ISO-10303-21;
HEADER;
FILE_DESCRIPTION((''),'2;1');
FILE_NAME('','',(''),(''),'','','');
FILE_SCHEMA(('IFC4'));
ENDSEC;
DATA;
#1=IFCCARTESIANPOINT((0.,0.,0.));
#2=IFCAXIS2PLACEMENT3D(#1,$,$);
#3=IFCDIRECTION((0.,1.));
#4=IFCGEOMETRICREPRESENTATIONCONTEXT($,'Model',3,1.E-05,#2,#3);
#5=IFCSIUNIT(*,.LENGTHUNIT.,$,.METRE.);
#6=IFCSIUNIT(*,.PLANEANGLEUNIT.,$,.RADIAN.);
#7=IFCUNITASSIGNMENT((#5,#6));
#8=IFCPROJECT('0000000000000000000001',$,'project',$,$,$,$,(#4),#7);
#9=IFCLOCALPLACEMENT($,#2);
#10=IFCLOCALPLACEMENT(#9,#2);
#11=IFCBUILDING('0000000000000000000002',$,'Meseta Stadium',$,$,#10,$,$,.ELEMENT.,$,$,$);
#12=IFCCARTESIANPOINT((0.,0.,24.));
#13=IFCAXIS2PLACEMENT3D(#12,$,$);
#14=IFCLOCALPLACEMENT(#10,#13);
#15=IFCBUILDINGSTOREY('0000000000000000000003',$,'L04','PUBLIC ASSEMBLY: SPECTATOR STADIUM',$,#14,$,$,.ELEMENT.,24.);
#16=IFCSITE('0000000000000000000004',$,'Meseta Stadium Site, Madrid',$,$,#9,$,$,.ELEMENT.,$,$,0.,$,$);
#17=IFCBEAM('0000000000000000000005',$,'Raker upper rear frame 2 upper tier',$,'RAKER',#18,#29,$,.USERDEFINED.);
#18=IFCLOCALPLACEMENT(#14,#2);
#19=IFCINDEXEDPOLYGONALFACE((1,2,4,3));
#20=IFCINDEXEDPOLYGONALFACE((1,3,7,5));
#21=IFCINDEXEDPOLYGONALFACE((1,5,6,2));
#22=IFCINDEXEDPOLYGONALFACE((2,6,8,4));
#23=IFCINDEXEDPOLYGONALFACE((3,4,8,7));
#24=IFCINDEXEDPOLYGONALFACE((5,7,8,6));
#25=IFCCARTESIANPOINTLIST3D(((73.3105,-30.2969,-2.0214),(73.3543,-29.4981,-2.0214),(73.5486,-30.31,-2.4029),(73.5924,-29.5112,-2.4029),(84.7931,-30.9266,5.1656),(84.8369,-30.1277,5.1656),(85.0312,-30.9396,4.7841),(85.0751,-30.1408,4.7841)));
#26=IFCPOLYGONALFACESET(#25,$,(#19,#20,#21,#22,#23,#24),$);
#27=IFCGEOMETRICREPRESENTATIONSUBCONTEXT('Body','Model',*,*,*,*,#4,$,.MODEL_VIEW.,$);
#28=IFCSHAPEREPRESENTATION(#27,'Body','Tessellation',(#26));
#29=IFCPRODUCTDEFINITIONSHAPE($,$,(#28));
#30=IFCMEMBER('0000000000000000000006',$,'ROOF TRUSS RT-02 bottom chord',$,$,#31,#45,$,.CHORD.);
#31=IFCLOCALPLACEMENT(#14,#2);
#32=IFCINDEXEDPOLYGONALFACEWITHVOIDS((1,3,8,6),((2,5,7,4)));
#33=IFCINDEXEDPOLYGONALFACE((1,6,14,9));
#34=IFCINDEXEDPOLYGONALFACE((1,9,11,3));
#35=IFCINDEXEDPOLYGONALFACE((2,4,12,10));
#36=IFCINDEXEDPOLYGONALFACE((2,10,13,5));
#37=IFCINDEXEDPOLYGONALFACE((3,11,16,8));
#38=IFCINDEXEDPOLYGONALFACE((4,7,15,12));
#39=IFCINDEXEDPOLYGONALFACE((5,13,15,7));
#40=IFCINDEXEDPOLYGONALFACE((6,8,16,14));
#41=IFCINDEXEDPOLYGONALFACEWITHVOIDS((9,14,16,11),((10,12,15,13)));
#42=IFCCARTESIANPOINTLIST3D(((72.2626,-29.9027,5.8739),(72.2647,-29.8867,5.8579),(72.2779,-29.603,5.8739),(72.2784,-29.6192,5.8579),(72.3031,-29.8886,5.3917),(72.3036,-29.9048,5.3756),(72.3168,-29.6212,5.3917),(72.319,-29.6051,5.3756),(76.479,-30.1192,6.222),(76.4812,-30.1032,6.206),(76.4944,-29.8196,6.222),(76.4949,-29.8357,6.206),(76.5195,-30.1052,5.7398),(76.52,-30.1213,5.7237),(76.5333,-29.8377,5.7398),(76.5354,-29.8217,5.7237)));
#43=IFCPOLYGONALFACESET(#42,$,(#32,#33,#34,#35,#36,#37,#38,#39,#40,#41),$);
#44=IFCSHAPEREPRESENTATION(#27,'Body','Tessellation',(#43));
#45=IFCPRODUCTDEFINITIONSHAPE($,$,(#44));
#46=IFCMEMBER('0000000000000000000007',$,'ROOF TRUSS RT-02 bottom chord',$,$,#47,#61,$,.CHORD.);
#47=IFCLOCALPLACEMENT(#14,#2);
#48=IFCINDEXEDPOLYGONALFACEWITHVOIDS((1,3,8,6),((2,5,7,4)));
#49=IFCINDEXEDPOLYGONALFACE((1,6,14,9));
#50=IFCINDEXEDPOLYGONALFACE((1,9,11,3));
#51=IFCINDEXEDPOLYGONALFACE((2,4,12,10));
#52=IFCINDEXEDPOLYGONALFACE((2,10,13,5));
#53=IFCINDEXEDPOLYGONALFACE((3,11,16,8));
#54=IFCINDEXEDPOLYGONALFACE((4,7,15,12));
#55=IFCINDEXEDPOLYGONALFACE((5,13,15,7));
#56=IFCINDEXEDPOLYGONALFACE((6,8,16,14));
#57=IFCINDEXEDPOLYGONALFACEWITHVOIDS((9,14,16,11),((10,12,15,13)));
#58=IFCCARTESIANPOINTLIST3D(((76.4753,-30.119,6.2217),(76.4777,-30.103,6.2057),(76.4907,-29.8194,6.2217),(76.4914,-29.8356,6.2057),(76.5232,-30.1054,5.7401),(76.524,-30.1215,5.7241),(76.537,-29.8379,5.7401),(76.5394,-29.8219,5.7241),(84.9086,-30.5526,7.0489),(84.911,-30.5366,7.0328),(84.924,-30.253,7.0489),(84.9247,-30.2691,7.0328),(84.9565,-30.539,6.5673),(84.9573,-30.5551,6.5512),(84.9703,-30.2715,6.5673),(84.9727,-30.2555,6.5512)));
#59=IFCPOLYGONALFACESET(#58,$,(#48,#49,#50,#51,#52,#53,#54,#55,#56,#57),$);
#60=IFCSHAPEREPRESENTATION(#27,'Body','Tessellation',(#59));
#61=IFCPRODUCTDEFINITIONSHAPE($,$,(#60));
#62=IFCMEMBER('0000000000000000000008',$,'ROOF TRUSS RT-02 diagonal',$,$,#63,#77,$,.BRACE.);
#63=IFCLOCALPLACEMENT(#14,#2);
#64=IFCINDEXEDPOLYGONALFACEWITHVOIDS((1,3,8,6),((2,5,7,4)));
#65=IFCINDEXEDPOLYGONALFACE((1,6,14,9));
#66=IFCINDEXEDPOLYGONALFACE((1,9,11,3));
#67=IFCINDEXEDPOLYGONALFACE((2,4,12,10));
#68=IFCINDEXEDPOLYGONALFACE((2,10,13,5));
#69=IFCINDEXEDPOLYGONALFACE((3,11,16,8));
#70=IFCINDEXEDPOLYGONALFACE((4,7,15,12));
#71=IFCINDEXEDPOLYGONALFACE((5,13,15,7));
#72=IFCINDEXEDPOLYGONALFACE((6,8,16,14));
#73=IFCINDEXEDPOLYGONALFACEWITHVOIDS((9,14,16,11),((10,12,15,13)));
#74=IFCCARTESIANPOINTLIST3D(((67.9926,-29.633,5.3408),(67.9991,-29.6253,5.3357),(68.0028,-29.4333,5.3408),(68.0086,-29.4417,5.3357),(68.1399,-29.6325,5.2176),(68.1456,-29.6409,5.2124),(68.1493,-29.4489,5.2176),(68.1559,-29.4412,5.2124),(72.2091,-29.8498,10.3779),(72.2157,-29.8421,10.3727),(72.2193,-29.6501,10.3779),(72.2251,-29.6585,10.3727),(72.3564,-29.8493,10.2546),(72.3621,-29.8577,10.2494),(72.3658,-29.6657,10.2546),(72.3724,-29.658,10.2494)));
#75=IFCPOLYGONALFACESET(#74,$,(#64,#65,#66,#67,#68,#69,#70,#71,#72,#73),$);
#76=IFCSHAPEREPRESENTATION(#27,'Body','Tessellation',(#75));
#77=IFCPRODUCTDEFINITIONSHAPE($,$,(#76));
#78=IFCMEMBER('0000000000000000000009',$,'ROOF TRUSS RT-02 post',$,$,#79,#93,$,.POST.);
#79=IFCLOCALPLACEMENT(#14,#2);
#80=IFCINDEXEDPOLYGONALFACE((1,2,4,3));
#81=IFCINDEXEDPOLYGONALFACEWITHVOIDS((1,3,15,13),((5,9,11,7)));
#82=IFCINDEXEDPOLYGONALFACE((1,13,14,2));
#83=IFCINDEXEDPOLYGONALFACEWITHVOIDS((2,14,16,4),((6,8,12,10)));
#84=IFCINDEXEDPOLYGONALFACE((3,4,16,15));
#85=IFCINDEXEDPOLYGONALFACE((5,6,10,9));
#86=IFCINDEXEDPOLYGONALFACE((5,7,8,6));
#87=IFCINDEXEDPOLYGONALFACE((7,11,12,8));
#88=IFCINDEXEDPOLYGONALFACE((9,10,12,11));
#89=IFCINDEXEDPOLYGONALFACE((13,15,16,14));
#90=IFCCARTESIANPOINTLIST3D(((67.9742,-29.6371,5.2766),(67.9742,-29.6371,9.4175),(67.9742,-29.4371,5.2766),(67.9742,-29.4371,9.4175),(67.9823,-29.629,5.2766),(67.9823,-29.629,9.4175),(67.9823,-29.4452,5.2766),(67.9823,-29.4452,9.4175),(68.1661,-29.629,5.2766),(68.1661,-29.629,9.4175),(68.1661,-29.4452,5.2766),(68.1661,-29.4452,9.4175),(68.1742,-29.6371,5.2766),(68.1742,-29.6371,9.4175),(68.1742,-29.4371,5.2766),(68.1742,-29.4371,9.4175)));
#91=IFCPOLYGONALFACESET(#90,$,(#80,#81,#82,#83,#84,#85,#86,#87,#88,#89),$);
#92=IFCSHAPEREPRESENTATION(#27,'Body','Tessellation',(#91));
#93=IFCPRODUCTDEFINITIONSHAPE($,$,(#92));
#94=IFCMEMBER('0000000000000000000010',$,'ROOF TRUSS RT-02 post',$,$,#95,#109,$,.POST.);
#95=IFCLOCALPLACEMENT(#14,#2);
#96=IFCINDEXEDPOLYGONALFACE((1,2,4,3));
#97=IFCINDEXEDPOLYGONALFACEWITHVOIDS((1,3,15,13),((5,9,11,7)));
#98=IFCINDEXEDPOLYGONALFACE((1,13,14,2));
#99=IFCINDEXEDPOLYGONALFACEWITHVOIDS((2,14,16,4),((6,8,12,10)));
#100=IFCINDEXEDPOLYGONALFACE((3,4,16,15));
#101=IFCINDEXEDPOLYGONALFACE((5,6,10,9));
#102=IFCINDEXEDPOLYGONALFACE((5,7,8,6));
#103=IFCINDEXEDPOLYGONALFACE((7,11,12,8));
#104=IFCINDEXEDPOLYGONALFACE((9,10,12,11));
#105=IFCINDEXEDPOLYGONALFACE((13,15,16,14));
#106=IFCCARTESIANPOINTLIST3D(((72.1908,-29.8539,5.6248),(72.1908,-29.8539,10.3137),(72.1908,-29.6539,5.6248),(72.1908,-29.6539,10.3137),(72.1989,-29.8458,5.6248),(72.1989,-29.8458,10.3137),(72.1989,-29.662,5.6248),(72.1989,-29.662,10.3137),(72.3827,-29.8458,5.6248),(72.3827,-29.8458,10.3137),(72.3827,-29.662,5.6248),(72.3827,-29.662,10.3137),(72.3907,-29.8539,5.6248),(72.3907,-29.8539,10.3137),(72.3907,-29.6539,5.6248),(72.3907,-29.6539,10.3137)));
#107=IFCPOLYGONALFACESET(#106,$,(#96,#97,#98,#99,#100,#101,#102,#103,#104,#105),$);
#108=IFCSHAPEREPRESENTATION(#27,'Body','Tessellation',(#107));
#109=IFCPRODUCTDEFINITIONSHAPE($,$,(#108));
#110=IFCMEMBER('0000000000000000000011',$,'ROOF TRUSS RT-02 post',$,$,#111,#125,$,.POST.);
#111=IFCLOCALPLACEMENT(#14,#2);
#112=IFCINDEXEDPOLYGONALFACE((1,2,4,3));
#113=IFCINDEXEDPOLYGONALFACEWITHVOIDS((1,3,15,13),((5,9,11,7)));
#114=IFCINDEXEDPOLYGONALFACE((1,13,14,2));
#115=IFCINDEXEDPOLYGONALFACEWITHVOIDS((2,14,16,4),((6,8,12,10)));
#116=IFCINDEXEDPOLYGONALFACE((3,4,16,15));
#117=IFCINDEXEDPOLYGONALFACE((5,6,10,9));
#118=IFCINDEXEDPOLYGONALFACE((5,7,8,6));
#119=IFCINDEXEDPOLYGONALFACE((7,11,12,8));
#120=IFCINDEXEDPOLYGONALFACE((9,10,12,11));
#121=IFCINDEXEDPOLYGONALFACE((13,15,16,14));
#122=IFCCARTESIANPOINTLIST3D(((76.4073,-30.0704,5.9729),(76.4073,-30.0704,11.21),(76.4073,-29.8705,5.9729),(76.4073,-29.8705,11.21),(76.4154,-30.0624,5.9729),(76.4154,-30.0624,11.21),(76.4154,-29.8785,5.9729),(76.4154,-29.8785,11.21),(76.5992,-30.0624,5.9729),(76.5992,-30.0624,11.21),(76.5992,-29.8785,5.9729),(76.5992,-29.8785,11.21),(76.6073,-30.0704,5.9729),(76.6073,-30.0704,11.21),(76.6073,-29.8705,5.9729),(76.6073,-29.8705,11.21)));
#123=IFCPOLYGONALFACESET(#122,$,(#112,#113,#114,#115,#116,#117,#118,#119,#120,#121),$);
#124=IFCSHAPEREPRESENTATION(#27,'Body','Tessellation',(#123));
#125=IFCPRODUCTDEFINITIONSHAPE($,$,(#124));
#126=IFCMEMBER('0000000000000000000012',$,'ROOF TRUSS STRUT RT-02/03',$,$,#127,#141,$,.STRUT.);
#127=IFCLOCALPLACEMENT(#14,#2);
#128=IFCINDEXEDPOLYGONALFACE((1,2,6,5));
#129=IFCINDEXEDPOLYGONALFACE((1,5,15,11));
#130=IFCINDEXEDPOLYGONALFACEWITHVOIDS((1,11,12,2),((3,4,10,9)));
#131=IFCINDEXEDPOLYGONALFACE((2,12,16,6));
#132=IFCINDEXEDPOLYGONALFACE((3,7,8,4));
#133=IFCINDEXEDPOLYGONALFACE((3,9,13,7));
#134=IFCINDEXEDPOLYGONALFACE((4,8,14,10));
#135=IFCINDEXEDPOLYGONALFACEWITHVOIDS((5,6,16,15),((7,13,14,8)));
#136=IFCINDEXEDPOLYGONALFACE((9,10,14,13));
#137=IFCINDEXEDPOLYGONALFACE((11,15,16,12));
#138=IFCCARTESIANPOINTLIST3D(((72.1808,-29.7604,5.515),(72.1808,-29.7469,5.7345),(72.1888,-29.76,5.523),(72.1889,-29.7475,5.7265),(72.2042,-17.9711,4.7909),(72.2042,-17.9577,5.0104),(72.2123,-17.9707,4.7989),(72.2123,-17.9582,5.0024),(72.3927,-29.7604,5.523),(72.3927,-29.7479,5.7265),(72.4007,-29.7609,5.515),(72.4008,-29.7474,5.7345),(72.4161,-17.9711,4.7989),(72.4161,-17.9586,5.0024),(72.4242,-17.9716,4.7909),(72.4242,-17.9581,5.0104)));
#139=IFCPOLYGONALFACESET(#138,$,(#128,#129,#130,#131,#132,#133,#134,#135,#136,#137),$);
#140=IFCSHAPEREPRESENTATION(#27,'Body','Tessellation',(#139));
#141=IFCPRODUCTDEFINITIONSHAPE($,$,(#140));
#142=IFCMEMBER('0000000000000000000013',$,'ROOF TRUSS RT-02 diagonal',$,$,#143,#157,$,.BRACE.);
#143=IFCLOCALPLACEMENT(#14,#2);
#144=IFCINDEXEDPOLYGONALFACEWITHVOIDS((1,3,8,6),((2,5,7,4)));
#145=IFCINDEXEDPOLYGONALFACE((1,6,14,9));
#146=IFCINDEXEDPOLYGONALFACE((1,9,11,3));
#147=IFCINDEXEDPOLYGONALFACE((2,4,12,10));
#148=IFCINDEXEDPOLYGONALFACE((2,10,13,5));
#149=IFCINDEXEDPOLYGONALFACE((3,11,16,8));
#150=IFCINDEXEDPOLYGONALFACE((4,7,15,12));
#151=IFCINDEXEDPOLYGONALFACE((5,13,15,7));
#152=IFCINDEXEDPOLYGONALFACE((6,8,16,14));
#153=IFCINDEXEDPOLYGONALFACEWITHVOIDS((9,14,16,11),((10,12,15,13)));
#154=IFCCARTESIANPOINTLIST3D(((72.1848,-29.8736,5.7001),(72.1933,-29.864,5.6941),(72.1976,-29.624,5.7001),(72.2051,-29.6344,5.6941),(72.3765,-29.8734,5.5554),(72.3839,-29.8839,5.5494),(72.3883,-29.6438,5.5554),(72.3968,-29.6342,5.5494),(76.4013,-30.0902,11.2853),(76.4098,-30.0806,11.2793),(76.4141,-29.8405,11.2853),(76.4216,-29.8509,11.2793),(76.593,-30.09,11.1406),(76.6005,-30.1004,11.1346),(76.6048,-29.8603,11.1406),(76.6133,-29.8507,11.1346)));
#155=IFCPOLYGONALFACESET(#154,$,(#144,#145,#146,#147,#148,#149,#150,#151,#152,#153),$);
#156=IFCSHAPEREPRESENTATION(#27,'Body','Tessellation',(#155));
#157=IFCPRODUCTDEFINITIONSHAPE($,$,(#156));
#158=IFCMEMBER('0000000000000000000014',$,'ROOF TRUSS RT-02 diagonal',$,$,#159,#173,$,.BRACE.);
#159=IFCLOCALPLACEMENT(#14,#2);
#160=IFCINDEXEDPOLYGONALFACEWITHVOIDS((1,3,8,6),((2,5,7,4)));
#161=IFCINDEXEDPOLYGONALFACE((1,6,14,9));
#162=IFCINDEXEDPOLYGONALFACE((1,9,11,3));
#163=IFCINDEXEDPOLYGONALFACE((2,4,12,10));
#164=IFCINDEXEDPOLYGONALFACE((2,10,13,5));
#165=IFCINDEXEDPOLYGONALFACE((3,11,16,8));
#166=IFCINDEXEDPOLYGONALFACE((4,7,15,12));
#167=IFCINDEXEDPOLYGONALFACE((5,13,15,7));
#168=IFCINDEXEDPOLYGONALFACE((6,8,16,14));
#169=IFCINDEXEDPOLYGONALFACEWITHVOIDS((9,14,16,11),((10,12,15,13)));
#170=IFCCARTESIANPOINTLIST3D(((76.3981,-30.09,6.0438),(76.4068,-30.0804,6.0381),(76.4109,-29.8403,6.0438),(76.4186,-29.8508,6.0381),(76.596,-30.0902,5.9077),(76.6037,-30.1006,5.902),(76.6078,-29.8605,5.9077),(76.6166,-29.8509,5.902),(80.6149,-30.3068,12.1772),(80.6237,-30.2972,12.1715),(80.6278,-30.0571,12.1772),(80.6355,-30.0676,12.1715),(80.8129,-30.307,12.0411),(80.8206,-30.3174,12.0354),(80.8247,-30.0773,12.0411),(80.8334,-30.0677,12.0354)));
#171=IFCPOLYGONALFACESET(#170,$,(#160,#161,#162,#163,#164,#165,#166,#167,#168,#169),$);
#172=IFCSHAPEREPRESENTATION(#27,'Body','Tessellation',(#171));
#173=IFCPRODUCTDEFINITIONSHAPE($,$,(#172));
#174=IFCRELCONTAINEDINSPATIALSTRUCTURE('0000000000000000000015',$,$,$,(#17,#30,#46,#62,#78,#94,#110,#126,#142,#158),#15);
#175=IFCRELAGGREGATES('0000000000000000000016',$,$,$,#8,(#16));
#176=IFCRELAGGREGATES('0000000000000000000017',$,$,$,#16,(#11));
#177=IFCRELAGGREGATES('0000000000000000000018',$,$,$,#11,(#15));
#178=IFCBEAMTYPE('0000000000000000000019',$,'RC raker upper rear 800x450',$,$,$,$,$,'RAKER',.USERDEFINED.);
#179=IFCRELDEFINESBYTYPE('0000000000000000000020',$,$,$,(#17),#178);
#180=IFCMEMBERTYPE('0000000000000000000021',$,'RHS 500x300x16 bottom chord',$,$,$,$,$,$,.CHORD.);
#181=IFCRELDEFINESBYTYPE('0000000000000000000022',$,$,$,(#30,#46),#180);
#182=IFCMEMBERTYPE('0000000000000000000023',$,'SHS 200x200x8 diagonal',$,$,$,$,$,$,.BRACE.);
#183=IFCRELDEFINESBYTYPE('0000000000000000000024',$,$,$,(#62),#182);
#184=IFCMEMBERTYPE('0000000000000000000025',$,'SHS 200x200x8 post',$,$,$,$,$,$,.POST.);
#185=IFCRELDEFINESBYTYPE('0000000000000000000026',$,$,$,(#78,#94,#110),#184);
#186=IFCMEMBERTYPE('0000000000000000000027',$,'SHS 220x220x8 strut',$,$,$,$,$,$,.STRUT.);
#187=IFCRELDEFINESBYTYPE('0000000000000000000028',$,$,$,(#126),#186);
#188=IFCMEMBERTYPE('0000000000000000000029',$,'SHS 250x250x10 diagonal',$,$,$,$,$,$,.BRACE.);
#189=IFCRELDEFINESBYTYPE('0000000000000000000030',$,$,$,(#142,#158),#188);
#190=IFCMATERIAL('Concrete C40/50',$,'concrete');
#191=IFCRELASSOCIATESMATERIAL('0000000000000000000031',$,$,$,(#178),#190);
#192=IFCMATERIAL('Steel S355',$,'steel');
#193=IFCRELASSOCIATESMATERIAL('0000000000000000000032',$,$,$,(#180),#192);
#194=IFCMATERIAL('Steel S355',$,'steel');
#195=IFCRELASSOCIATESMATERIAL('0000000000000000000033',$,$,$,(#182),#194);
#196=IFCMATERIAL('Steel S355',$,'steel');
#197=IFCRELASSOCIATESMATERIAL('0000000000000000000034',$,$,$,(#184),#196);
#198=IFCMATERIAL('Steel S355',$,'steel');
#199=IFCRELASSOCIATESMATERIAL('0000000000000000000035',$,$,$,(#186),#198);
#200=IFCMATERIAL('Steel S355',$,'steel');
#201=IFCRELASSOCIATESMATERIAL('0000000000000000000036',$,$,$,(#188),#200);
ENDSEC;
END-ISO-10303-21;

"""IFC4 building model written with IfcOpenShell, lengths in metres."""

from ifc_helpers import new_model, si_unit, direction, frame, origin, origin_2d, place, context, subcontext, project, spatial, rectangle, hollow_rectangle, extrude, material, material_profile, profile_set, type_object, element, save


model = new_model("IFC4")

# Units and contexts
model_context = context("Model", 3, precision=1e-05, world=origin(), true_north=direction((0.0, 1.0)))
body_context = subcontext(model_context, "Body", "Model", "MODEL_VIEW")
ifc_project = project(units=[si_unit("LENGTHUNIT", "METRE"), si_unit("PLANEANGLEUNIT", "RADIAN")], contexts=[model_context])

# Site, building, storey
site_placement = place(None, origin())
site = spatial("IfcSite", under=ifc_project, at=site_placement, Name="Meseta Stadium Site, Madrid", CompositionType="ELEMENT", RefElevation=0.0)
building_placement = place(site_placement, origin())
building = spatial("IfcBuilding", under=site, at=building_placement, Name="Meseta Stadium", CompositionType="ELEMENT")
storey_placement = place(building_placement, frame((0.0, 0.0, 24.0)))
storey = spatial("IfcBuildingStorey", under=building, at=storey_placement, Name="L04", Description="PUBLIC ASSEMBLY: SPECTATOR STADIUM", CompositionType="ELEMENT", Elevation=24.0)

# Beam
ifc_material_1 = material(Name="Concrete C40/50", Category="concrete")
ifc_material_profile_1 = material_profile(ifc_material_1, rectangle(XDim=0.8, YDim=0.45, at=origin_2d()), Name="RC 800x450")
ifc_profile_set_1 = profile_set([ifc_material_profile_1], Name="Concrete C40/50")
beam_type = type_object("IfcBeamType", Name="RC raker upper rear 800x450", ElementType="RAKER", PredefinedType="USERDEFINED", material=ifc_profile_set_1)
beam_placement = place(storey_placement, frame((73.4514, -29.9041, -2.2122), z_axis=(0.846741, -0.04643, 0.529976), x_axis=(0.054752, 0.9985, 0.0)))
element("IfcBeam", 1, at=beam_placement, inside=storey, type_object=beam_type, Name="Raker upper rear frame 2 upper tier", ObjectType="RAKER", PredefinedType="USERDEFINED", context=body_context, shape_type="SweptSolid", body=[
    extrude(rectangle(XDim=0.8, YDim=0.45, at=origin_2d()), origin(), (0.0, 0.0, 1.0), 13.561),
])

# Members
ifc_material_2 = material(Name="Steel S355", Category="steel")
ifc_material_profile_2 = material_profile(ifc_material_2, hollow_rectangle(XDim=0.3, YDim=0.5, WallThickness=0.0161, at=origin_2d()), Name="RHS 500x300x16")
ifc_profile_set_2 = profile_set([ifc_material_profile_2], Name="Steel S355")
member_type_1 = type_object("IfcMemberType", Name="RHS 500x300x16 bottom chord", PredefinedType="CHORD", material=ifc_profile_set_2)
member_1_placement = place(storey_placement, frame((72.2908, -29.7539, 5.6248), z_axis=(0.995306, -0.051117, 0.082179), x_axis=(0.05129, 0.998684, 0.0)))
element("IfcMember", 2, at=member_1_placement, inside=storey, type_object=member_type_1, Name="ROOF TRUSS RT-02 bottom chord", PredefinedType="CHORD", context=body_context, shape_type="SweptSolid", body=[
    extrude(hollow_rectangle(XDim=0.3, YDim=0.5, WallThickness=0.0161, at=origin_2d()), origin(), (0.0, 0.0, 1.0), 4.2363),
])
member_2_placement = place(storey_placement, frame((76.5073, -29.9705, 5.9729), z_axis=(0.993924, -0.051102, 0.097485), x_axis=(0.051346, 0.998681, 0.0)))
element("IfcMember", 3, at=member_2_placement, inside=storey, type_object=member_type_1, Name="ROOF TRUSS RT-02 bottom chord", PredefinedType="CHORD", context=body_context, shape_type="SweptSolid", body=[
    extrude(hollow_rectangle(XDim=0.3, YDim=0.5, WallThickness=0.0161, at=origin_2d()), origin(), (0.0, 0.0, 1.0), 8.4849),
])
ifc_material_3 = material(Name="Steel S355", Category="steel")
ifc_material_profile_3 = material_profile(ifc_material_3, hollow_rectangle(XDim=0.2, YDim=0.2, WallThickness=0.0081, at=origin_2d()), Name="SHS 200x200x8")
ifc_profile_set_3 = profile_set([ifc_material_profile_3], Name="Steel S355")
member_type_2 = type_object("IfcMemberType", Name="SHS 200x200x8 diagonal", PredefinedType="BRACE", material=ifc_profile_set_3)
member_3_placement = place(storey_placement, frame((68.0742, -29.5371, 5.2766), z_axis=(0.641537, -0.032985, 0.766383), x_axis=(0.051348, 0.998681, 0.0)))
element("IfcMember", 4, at=member_3_placement, inside=storey, type_object=member_type_2, Name="ROOF TRUSS RT-02 diagonal", PredefinedType="BRACE", context=body_context, shape_type="SweptSolid", body=[
    extrude(hollow_rectangle(XDim=0.2, YDim=0.2, WallThickness=0.0081, at=origin_2d()), origin(), (0.0, 0.0, 1.0), 6.5725),
])
ifc_material_4 = material(Name="Steel S355", Category="steel")
ifc_material_profile_4 = material_profile(ifc_material_4, hollow_rectangle(XDim=0.2, YDim=0.2, WallThickness=0.0081, at=origin_2d()), Name="SHS 200x200x8")
ifc_profile_set_4 = profile_set([ifc_material_profile_4], Name="Steel S355")
member_type_3 = type_object("IfcMemberType", Name="SHS 200x200x8 post", PredefinedType="POST", material=ifc_profile_set_4)
member_4_placement = place(storey_placement, frame((68.0742, -29.5371, 5.2766), z_axis=(0.0, 0.0, 1.0), x_axis=(1.0, 0.0, 0.0)))
element("IfcMember", 5, at=member_4_placement, inside=storey, type_object=member_type_3, Name="ROOF TRUSS RT-02 post", PredefinedType="POST", context=body_context, shape_type="SweptSolid", body=[
    extrude(hollow_rectangle(XDim=0.2, YDim=0.2, WallThickness=0.0081, at=origin_2d()), origin(), (0.0, 0.0, 1.0), 4.1409),
])
member_5_placement = place(storey_placement, frame((72.2908, -29.7539, 5.6248), z_axis=(0.0, 0.0, 1.0), x_axis=(1.0, 0.0, 0.0)))
element("IfcMember", 6, at=member_5_placement, inside=storey, type_object=member_type_3, Name="ROOF TRUSS RT-02 post", PredefinedType="POST", context=body_context, shape_type="SweptSolid", body=[
    extrude(hollow_rectangle(XDim=0.2, YDim=0.2, WallThickness=0.0081, at=origin_2d()), origin(), (0.0, 0.0, 1.0), 4.689),
])
member_6_placement = place(storey_placement, frame((76.5073, -29.9705, 5.9729), z_axis=(0.0, 0.0, 1.0), x_axis=(1.0, 0.0, 0.0)))
element("IfcMember", 7, at=member_6_placement, inside=storey, type_object=member_type_3, Name="ROOF TRUSS RT-02 post", PredefinedType="POST", context=body_context, shape_type="SweptSolid", body=[
    extrude(hollow_rectangle(XDim=0.2, YDim=0.2, WallThickness=0.0081, at=origin_2d()), origin(), (0.0, 0.0, 1.0), 5.2371),
])
ifc_material_5 = material(Name="Steel S355", Category="steel")
ifc_material_profile_5 = material_profile(ifc_material_5, hollow_rectangle(XDim=0.22, YDim=0.22, WallThickness=0.0081, at=origin_2d()), Name="SHS 220x220x8")
ifc_profile_set_5 = profile_set([ifc_material_profile_5], Name="Steel S355")
member_type_4 = type_object("IfcMemberType", Name="SHS 220x220x8 strut", PredefinedType="STRUT", material=ifc_profile_set_5)
member_7_placement = place(storey_placement, frame((72.2908, -29.7539, 5.6248), z_axis=(0.001984, 0.998117, -0.061306), x_axis=(-0.999998, 0.001988, 0.0)))
element("IfcMember", 8, at=member_7_placement, inside=storey, type_object=member_type_4, Name="ROOF TRUSS STRUT RT-02/03", PredefinedType="STRUT", context=body_context, shape_type="SweptSolid", body=[
    extrude(hollow_rectangle(XDim=0.22, YDim=0.22, WallThickness=0.0081, at=origin_2d()), origin(), (0.0, 0.0, 1.0), 11.8115),
])
ifc_material_6 = material(Name="Steel S355", Category="steel")
ifc_material_profile_6 = material_profile(ifc_material_6, hollow_rectangle(XDim=0.25, YDim=0.25, WallThickness=0.01, at=origin_2d()), Name="SHS 250x250x10")
ifc_profile_set_6 = profile_set([ifc_material_profile_6], Name="Steel S355")
member_type_5 = type_object("IfcMemberType", Name="SHS 250x250x10 diagonal", PredefinedType="BRACE", material=ifc_profile_set_6)
member_8_placement = place(storey_placement, frame((72.2908, -29.7539, 5.6248), z_axis=(0.602237, -0.03093, 0.797718), x_axis=(0.05129, 0.998684, 0.0)))
element("IfcMember", 9, at=member_8_placement, inside=storey, type_object=member_type_5, Name="ROOF TRUSS RT-02 diagonal", PredefinedType="BRACE", context=body_context, shape_type="SweptSolid", body=[
    extrude(hollow_rectangle(XDim=0.25, YDim=0.25, WallThickness=0.01, at=origin_2d()), origin(), (0.0, 0.0, 1.0), 7.0015),
])
member_9_placement = place(storey_placement, frame((76.5073, -29.9705, 5.9729), z_axis=(0.566303, -0.029115, 0.823683), x_axis=(0.051345, 0.998681, 0.0)))
element("IfcMember", 10, at=member_9_placement, inside=storey, type_object=member_type_5, Name="ROOF TRUSS RT-02 diagonal", PredefinedType="BRACE", context=body_context, shape_type="SweptSolid", body=[
    extrude(hollow_rectangle(XDim=0.25, YDim=0.25, WallThickness=0.01, at=origin_2d()), origin(), (0.0, 0.0, 1.0), 7.4463),
])

save(model, "model.ifc")
